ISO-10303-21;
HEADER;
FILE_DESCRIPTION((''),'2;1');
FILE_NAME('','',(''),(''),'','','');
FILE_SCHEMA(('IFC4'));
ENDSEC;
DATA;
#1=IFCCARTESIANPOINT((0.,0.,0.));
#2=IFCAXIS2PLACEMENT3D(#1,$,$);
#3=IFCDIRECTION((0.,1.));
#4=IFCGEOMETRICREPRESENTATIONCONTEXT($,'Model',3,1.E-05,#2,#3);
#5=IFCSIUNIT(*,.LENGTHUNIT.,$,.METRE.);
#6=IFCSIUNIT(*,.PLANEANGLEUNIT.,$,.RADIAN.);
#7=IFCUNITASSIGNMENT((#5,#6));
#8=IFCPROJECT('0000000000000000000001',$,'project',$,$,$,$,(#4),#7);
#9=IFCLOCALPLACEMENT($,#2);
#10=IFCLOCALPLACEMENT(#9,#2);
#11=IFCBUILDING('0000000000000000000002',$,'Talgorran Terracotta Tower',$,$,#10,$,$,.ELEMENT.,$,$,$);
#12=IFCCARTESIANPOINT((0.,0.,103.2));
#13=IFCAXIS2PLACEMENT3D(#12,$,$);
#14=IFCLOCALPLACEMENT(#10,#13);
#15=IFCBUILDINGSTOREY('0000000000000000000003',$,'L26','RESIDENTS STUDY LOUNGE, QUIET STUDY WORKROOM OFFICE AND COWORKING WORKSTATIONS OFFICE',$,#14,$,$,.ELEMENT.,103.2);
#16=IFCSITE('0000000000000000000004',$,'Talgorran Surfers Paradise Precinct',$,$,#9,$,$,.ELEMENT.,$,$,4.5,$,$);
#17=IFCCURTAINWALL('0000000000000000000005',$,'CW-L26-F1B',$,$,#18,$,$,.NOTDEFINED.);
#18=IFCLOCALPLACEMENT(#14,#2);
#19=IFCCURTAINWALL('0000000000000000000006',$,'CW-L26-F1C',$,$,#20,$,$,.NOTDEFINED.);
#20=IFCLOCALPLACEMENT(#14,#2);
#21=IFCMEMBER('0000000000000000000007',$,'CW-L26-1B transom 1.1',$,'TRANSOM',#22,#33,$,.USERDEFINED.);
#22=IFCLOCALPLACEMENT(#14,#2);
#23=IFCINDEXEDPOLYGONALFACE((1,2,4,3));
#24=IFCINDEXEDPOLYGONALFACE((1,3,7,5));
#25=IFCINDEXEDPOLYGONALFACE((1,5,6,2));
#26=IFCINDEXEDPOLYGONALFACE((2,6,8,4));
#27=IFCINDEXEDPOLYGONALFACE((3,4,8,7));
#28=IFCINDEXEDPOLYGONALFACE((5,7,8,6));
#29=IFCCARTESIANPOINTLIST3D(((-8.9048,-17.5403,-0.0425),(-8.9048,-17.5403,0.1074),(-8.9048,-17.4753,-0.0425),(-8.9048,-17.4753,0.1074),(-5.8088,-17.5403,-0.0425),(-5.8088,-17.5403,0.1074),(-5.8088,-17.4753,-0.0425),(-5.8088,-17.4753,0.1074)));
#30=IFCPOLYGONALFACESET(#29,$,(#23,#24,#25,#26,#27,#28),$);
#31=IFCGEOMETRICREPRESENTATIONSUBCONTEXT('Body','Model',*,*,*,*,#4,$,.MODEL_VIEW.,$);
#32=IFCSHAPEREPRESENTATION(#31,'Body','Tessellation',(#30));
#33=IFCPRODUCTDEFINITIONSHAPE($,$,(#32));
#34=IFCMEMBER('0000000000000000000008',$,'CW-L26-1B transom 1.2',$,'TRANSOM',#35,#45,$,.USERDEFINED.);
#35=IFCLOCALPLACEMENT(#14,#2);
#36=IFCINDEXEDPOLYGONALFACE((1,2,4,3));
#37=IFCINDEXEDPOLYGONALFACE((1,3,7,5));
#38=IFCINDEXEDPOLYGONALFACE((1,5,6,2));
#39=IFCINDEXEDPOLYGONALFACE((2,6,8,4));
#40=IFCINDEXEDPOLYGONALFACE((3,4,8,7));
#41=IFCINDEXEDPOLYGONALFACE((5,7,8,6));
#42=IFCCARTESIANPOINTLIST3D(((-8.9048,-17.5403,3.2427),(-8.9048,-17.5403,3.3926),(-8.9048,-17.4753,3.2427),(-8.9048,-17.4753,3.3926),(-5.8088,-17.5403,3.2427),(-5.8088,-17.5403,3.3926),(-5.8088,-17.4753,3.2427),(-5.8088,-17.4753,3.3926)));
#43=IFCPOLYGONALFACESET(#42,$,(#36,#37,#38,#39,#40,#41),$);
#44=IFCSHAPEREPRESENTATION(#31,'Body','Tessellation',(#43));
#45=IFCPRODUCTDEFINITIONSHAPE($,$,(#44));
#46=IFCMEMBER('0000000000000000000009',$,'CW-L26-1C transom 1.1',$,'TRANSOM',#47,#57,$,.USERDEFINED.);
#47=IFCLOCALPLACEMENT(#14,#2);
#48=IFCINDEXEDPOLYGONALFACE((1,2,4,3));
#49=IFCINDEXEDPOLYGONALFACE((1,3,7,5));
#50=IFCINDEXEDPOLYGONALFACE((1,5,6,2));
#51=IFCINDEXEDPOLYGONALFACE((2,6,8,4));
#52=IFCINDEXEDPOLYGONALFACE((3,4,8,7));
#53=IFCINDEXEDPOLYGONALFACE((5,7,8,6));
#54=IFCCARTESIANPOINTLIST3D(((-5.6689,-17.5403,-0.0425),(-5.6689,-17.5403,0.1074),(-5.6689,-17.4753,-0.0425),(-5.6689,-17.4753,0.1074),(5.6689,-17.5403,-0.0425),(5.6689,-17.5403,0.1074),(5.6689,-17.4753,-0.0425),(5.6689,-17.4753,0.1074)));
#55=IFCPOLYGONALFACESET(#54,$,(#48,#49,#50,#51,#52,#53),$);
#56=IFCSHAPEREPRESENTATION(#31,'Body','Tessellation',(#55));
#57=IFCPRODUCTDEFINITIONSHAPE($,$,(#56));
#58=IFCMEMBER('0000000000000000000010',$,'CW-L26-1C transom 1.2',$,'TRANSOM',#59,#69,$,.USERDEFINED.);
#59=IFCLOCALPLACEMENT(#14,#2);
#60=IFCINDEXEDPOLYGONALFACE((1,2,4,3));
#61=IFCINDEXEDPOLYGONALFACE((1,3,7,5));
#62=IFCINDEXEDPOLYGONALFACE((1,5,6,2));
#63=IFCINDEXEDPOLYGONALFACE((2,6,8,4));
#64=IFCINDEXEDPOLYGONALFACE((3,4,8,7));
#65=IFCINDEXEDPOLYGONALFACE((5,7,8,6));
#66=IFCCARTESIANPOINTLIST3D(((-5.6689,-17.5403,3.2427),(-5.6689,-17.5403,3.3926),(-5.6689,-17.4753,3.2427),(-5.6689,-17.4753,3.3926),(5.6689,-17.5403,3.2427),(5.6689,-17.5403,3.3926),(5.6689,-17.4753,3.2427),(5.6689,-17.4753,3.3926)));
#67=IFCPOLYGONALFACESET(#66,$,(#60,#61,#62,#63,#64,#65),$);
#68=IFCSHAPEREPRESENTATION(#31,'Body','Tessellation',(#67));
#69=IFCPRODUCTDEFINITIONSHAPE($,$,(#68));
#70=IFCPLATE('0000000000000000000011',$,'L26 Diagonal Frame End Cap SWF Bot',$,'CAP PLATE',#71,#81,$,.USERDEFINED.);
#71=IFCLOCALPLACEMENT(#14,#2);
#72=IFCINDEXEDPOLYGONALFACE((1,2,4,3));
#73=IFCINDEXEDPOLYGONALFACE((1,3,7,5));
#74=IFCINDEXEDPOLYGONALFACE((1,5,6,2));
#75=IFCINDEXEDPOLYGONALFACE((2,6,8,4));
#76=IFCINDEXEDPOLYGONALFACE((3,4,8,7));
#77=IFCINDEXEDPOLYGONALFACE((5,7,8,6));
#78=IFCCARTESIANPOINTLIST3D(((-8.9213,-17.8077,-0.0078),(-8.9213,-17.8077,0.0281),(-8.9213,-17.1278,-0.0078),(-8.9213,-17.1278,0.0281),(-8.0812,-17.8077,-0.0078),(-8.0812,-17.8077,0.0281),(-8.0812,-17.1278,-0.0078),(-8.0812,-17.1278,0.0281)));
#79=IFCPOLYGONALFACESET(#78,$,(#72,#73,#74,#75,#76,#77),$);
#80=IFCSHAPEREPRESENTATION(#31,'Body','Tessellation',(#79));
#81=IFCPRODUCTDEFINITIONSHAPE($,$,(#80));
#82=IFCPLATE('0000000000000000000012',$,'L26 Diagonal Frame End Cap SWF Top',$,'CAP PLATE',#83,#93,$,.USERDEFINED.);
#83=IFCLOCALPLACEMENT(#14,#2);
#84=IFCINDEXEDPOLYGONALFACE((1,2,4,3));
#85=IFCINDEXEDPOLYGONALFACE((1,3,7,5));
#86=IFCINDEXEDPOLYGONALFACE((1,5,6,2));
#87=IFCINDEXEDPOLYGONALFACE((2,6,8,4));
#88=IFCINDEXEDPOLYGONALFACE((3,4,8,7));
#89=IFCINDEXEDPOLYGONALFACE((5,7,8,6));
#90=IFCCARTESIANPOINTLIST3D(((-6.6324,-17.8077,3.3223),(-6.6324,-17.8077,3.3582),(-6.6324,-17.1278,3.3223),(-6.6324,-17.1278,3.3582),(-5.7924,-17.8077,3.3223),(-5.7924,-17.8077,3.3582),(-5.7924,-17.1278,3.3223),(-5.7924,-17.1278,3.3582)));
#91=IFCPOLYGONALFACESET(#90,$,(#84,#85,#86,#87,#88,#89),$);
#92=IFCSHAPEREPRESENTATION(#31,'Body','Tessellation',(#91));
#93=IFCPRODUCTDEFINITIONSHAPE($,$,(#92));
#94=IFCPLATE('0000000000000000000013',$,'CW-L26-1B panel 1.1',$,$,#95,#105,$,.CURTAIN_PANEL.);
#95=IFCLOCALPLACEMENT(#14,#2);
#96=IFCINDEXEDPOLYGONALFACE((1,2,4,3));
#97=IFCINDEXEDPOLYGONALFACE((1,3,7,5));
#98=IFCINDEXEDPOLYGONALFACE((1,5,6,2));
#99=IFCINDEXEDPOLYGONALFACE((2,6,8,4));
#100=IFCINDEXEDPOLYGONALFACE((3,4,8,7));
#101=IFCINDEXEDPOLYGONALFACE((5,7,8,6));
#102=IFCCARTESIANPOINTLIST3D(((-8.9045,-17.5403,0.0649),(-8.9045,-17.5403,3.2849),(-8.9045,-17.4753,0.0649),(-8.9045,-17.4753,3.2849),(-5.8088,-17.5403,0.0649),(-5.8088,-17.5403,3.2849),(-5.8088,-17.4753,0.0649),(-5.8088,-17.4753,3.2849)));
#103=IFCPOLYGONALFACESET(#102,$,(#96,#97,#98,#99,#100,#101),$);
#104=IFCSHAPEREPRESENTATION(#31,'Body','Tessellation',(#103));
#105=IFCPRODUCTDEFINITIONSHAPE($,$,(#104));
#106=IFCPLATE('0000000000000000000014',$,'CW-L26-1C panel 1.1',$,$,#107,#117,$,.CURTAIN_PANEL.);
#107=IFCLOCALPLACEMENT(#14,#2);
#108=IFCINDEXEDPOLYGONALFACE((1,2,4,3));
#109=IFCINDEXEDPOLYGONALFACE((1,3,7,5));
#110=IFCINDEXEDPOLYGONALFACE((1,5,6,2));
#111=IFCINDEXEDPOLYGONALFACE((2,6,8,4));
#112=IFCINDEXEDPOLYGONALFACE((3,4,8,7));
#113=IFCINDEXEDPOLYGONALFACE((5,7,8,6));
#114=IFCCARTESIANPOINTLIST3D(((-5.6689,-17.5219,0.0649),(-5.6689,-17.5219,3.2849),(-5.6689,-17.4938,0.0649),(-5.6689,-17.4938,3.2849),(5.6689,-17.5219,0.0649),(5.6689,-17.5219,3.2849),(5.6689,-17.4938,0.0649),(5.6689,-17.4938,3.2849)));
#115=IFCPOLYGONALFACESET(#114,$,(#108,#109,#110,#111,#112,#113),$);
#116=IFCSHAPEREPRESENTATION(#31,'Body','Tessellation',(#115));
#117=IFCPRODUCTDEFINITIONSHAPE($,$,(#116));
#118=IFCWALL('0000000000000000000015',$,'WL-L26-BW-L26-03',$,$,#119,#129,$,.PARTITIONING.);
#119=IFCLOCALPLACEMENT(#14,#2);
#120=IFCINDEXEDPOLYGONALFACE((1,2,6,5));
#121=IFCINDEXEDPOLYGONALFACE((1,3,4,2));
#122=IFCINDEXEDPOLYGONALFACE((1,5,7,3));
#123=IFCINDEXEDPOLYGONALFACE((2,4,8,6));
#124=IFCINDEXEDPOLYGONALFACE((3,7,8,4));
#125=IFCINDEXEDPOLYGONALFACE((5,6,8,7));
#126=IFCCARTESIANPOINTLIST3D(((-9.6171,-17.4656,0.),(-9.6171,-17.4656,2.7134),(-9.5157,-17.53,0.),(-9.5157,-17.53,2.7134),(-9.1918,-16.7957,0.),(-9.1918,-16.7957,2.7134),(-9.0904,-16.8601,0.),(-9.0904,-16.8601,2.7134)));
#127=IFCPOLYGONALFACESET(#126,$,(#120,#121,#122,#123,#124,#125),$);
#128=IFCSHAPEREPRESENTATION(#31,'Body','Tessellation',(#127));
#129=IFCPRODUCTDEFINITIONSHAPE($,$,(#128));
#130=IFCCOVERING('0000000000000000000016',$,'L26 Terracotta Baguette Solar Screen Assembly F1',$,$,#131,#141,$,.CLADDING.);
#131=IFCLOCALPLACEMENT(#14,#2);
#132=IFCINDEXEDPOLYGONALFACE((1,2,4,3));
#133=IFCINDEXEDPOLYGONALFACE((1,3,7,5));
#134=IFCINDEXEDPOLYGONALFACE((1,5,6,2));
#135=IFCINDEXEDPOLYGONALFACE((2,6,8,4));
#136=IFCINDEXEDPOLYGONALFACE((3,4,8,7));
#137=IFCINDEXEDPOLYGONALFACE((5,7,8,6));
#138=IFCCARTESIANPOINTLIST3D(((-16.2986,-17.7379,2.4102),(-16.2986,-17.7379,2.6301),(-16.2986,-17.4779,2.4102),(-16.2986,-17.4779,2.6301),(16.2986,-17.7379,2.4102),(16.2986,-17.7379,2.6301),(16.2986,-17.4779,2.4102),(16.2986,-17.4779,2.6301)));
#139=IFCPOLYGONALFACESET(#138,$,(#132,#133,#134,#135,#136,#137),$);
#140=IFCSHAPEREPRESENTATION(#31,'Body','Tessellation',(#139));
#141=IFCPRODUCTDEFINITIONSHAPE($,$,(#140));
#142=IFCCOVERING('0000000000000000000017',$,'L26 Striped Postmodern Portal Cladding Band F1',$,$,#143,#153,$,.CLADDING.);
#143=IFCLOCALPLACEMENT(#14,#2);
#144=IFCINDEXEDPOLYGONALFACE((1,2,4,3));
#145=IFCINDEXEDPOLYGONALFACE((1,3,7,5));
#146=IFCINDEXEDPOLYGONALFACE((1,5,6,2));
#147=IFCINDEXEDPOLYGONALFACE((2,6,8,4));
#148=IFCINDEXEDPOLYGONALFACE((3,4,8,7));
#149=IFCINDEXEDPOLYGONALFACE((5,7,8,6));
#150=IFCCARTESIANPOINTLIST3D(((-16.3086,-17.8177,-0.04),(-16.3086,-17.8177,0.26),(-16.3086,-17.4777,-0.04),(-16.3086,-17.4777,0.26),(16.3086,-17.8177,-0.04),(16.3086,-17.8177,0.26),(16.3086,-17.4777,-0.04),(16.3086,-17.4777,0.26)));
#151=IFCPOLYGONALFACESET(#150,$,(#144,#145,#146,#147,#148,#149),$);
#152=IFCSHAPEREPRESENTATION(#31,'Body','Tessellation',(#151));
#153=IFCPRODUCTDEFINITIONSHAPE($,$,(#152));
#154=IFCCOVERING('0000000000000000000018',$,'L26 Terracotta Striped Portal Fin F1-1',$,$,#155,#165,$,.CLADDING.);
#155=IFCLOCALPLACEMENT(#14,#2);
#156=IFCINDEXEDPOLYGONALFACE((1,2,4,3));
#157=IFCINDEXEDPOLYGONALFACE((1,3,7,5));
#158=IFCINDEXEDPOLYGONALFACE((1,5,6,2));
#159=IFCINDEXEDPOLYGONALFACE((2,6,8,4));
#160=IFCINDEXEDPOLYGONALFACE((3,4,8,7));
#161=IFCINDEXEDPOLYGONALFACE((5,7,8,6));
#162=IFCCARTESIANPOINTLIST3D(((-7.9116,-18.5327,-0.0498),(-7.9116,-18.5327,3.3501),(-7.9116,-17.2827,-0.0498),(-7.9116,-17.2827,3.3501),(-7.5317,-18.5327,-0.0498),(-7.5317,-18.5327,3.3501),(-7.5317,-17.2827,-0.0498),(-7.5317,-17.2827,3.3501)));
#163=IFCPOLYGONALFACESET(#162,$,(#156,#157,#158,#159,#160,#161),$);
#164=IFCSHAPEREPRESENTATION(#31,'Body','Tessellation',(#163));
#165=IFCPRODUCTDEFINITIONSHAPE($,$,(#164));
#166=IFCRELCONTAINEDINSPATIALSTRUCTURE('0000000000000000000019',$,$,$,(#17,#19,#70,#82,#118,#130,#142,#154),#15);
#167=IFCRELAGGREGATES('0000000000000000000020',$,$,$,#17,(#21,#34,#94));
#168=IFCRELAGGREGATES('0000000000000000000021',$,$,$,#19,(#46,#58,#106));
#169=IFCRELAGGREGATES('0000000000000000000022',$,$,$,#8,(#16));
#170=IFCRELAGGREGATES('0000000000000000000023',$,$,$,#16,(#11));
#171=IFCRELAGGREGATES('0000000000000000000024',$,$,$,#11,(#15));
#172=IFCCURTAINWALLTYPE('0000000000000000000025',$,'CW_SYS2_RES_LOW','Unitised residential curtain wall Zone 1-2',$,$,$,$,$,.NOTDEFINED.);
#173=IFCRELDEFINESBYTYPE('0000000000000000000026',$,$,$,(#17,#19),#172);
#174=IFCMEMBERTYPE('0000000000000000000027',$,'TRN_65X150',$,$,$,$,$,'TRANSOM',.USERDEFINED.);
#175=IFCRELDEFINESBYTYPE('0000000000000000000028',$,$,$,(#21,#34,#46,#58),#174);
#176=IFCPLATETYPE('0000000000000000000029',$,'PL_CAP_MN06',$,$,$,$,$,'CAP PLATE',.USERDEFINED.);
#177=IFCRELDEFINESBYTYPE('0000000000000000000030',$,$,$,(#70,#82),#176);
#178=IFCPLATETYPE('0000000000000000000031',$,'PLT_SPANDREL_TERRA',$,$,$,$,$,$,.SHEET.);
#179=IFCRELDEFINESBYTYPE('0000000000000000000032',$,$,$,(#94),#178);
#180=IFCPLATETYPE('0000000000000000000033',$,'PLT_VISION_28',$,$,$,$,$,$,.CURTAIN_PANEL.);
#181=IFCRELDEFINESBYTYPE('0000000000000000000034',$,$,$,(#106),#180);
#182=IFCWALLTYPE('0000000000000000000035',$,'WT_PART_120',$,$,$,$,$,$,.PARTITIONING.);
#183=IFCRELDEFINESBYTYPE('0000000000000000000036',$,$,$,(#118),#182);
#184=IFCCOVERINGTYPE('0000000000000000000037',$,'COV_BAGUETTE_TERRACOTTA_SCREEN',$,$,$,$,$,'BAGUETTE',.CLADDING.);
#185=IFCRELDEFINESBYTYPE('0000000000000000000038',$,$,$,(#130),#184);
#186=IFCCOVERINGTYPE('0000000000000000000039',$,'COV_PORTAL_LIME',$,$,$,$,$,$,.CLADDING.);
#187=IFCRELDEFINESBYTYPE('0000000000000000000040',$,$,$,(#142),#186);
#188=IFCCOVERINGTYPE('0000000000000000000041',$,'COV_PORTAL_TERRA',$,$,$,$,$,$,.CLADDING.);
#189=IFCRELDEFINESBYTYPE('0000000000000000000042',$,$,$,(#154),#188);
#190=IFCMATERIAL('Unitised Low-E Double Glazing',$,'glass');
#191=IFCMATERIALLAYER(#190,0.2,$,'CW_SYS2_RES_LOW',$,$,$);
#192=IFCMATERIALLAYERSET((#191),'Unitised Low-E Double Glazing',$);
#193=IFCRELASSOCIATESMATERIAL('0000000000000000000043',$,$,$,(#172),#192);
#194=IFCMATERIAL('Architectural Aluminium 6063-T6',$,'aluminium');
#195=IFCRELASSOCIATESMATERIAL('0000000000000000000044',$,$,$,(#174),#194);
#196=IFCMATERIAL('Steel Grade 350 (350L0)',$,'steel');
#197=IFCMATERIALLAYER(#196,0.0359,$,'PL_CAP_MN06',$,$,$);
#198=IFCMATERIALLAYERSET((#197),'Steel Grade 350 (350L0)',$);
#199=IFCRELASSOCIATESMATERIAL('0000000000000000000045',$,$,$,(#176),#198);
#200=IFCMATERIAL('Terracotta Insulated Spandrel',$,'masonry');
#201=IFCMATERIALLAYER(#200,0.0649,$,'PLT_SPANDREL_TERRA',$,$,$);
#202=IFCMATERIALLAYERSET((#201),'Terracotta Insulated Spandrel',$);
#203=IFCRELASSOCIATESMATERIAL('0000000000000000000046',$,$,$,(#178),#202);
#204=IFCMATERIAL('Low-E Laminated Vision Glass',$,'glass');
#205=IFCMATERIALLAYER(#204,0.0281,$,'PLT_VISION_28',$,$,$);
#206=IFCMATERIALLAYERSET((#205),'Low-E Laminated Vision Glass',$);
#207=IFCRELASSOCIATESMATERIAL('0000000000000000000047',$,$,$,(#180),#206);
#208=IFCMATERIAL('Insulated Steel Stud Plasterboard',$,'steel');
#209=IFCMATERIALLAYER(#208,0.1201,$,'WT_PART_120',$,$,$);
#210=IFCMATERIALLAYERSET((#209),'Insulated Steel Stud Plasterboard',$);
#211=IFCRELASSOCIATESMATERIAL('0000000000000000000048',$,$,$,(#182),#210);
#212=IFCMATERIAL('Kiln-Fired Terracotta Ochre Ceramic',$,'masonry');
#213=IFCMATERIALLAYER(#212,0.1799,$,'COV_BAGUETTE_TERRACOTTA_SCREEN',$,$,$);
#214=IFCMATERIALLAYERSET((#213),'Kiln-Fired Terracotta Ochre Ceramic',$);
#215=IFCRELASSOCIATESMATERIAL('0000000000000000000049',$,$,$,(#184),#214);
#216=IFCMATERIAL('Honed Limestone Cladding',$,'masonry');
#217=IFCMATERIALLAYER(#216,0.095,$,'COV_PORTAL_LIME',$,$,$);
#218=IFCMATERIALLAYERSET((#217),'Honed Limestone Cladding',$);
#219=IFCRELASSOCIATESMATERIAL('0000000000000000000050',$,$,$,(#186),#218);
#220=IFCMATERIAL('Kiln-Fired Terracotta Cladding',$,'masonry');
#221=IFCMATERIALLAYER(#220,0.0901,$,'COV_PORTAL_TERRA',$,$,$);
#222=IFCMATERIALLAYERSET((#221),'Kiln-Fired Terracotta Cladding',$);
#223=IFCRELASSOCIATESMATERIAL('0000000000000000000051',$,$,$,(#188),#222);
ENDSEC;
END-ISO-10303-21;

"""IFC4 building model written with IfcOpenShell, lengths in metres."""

from ifc_helpers import new_model, si_unit, direction, frame, frame_2d, origin, origin_2d, place, context, subcontext, project, spatial, rectangle, extrude, source, transform, mapped, material, layer, layer_set, material_profile, profile_set, type_object, type_shapes, element, aggregate, save


model = new_model("IFC4")

# Units and contexts
model_context = context("Model", 3, precision=1e-05, world=origin(), true_north=direction((0.0, 1.0)))
body_context = subcontext(model_context, "Body", "Model", "MODEL_VIEW")
ifc_project = project(units=[si_unit("LENGTHUNIT", "METRE"), si_unit("PLANEANGLEUNIT", "RADIAN")], contexts=[model_context])

# Site, building, storey
site_placement = place(None, origin())
site = spatial("IfcSite", under=ifc_project, at=site_placement, Name="Talgorran Surfers Paradise Precinct", CompositionType="ELEMENT", RefElevation=4.5)
building_placement = place(site_placement, origin())
building = spatial("IfcBuilding", under=site, at=building_placement, Name="Talgorran Terracotta Tower", CompositionType="ELEMENT")
storey_placement = place(building_placement, frame((0.0, 0.0, 103.2)))
storey = spatial("IfcBuildingStorey", under=building, at=storey_placement, Name="L26", Description="RESIDENTS STUDY LOUNGE, QUIET STUDY WORKROOM OFFICE AND COWORKING WORKSTATIONS OFFICE", CompositionType="ELEMENT", Elevation=103.2)

# Shared definitions
ifc_material_1 = material(Name="Steel Grade 350 (350L0)", Category="steel")

# Shared definitions
ifc_material_2 = material(Name="Unitised Low-E Double Glazing", Category="glass")
ifc_layer_1 = layer(ifc_material_2, 0.2, Name="CW_SYS2_RES_LOW")
ifc_layer_set_1 = layer_set([ifc_layer_1], Name="Unitised Low-E Double Glazing")
curtain_wall_type = type_object("IfcCurtainWallType", Name="CW_SYS2_RES_LOW", Description="Unitised residential curtain wall Zone 1-2", PredefinedType="NOTDEFINED", material=ifc_layer_set_1)
ifc_material_3 = material(Name="Architectural Aluminium 6063-T6", Category="aluminium")

# Curtain wall
curtain_wall_1_placement = place(storey_placement, origin())
curtain_wall_1 = element("IfcCurtainWall", 1, at=curtain_wall_1_placement, inside=storey, type_object=curtain_wall_type, Name="CW-L26-F1B", PredefinedType="NOTDEFINED")

# Curtain wall
curtain_wall_2_placement = place(storey_placement, origin())
curtain_wall_2 = element("IfcCurtainWall", 2, at=curtain_wall_2_placement, inside=storey, type_object=curtain_wall_type, Name="CW-L26-F1C", PredefinedType="NOTDEFINED")

# Members
ifc_material_profile_1 = material_profile(ifc_material_3, rectangle(XDim=0.0649, YDim=0.1499, at=origin_2d()), Name="CWT65X150")
ifc_profile_set_1 = profile_set([ifc_material_profile_1], Name="Architectural Aluminium 6063-T6")
member_type_1 = type_object("IfcMemberType", Name="TRN_65X150", ElementType="TRANSOM", PredefinedType="USERDEFINED", material=ifc_profile_set_1)
member_1_placement = place(storey_placement, frame((-8.9048, -17.5078, 0.0325), z_axis=(1.0, 0.0, 0.0), x_axis=(0.0, 1.0, 0.0)))
member_1 = element("IfcMember", 3, at=member_1_placement, type_object=member_type_1, Name="CW-L26-1B transom 1.1", ObjectType="TRANSOM", PredefinedType="USERDEFINED", context=body_context, shape_type="SweptSolid", body=[
    extrude(rectangle(XDim=0.0649, YDim=0.1499, at=origin_2d()), origin(), (0.0, 0.0, 1.0), 3.0959),
])
member_2_placement = place(storey_placement, frame((-8.9048, -17.5078, 3.3176), z_axis=(1.0, 0.0, 0.0), x_axis=(0.0, 1.0, 0.0)))
member_2 = element("IfcMember", 4, at=member_2_placement, type_object=member_type_1, Name="CW-L26-1B transom 1.2", ObjectType="TRANSOM", PredefinedType="USERDEFINED", context=body_context, shape_type="SweptSolid", body=[
    extrude(rectangle(XDim=0.0649, YDim=0.1499, at=origin_2d()), origin(), (0.0, 0.0, 1.0), 3.0959),
])
member_3_placement = place(storey_placement, frame((-5.6689, -17.5078, 0.0325), z_axis=(1.0, 0.0, 0.0), x_axis=(0.0, 1.0, 0.0)))
member_3 = element("IfcMember", 5, at=member_3_placement, type_object=member_type_1, Name="CW-L26-1C transom 1.1", ObjectType="TRANSOM", PredefinedType="USERDEFINED", context=body_context, shape_type="SweptSolid", body=[
    extrude(rectangle(XDim=0.0649, YDim=0.1499, at=origin_2d()), origin(), (0.0, 0.0, 1.0), 11.3379),
])
member_4_placement = place(storey_placement, frame((-5.6689, -17.5078, 3.3176), z_axis=(1.0, 0.0, 0.0), x_axis=(0.0, 1.0, 0.0)))
member_4 = element("IfcMember", 6, at=member_4_placement, type_object=member_type_1, Name="CW-L26-1C transom 1.2", ObjectType="TRANSOM", PredefinedType="USERDEFINED", context=body_context, shape_type="SweptSolid", body=[
    extrude(rectangle(XDim=0.0649, YDim=0.1499, at=origin_2d()), origin(), (0.0, 0.0, 1.0), 11.3379),
])

# Plates
ifc_layer_2 = layer(ifc_material_1, 0.0359, Name="PL_CAP_MN06")
ifc_layer_set_2 = layer_set([ifc_layer_2], Name="Steel Grade 350 (350L0)")
plate_type_1 = type_object("IfcPlateType", Name="PL_CAP_MN06", ElementType="CAP PLATE", PredefinedType="USERDEFINED", material=ifc_layer_set_2)
for number, where, z_axis, x_axis, name in (
    (7, (-8.5012, -17.4678, -0.0078), (0.0, 0.0, 1.0), (1.0, 0.0, 0.0), "L26 Diagonal Frame End Cap SWF Bot"),
    (8, (-6.2124, -17.4678, 3.3223), (0.0, 0.0, 1.0), (1.0, 0.0, 0.0), "L26 Diagonal Frame End Cap SWF Top"),
):
    element("IfcPlate", number, at=place(storey_placement, frame(where, z_axis=z_axis, x_axis=x_axis)), inside=storey, type_object=plate_type_1, Name=name, ObjectType="CAP PLATE", PredefinedType="USERDEFINED", context=body_context, shape_type="SweptSolid", body=[
        extrude(rectangle(XDim=0.8401, YDim=0.6799, at=origin_2d()), origin(), (0.0, 0.0, 1.0), 0.0359),
    ])

# Plates
ifc_material_4 = material(Name="Terracotta Insulated Spandrel", Category="masonry")
ifc_layer_3 = layer(ifc_material_4, 0.0649, Name="PLT_SPANDREL_TERRA")
ifc_layer_set_3 = layer_set([ifc_layer_3], Name="Terracotta Insulated Spandrel")
plate_type_2 = type_object("IfcPlateType", Name="PLT_SPANDREL_TERRA", PredefinedType="SHEET", material=ifc_layer_set_3)
shared_shape_1 = source(origin(), body_context, "Body", "SweptSolid", [
    extrude(rectangle(XDim=3.0957, YDim=0.0649, at=origin_2d()), origin(), (0.0, 0.0, 1.0), 3.22),
])
type_shapes(plate_type_2, [shared_shape_1])
plate_1_placement = place(storey_placement, frame((-7.3567, -17.5078, 0.0649), z_axis=(0.0, 0.0, 1.0), x_axis=(1.0, 0.0, 0.0)))
plate_1 = element("IfcPlate", 9, at=plate_1_placement, type_object=plate_type_2, Name="CW-L26-1B panel 1.1", PredefinedType="CURTAIN_PANEL", context=body_context, shape_type="MappedRepresentation", body=[
    mapped(shared_shape_1, transform((0.0, 0.0, 0.0), scale=1.0)),
])
aggregate(curtain_wall_1, [member_1, member_2, plate_1])
ifc_material_5 = material(Name="Low-E Laminated Vision Glass", Category="glass")
ifc_layer_4 = layer(ifc_material_5, 0.0281, Name="PLT_VISION_28")
ifc_layer_set_4 = layer_set([ifc_layer_4], Name="Low-E Laminated Vision Glass")
plate_type_3 = type_object("IfcPlateType", Name="PLT_VISION_28", PredefinedType="CURTAIN_PANEL", material=ifc_layer_set_4)
shared_shape_2 = source(origin(), body_context, "Body", "SweptSolid", [
    extrude(rectangle(XDim=11.3379, YDim=0.0281, at=origin_2d()), origin(), (0.0, 0.0, 1.0), 3.22),
])
type_shapes(plate_type_3, [shared_shape_2])
plate_2_placement = place(storey_placement, frame((0.0, -17.5078, 0.0649), z_axis=(0.0, 0.0, 1.0), x_axis=(1.0, 0.0, 0.0)))
plate_2 = element("IfcPlate", 10, at=plate_2_placement, type_object=plate_type_3, Name="CW-L26-1C panel 1.1", PredefinedType="CURTAIN_PANEL", context=body_context, shape_type="MappedRepresentation", body=[
    mapped(shared_shape_2, transform((0.0, 0.0, 0.0), scale=1.0)),
])
aggregate(curtain_wall_2, [member_3, member_4, plate_2])

# Wall
ifc_material_6 = material(Name="Insulated Steel Stud Plasterboard", Category="steel")
ifc_layer_5 = layer(ifc_material_6, 0.1201, Name="WT_PART_120")
ifc_layer_set_5 = layer_set([ifc_layer_5], Name="Insulated Steel Stud Plasterboard")
wall_type = type_object("IfcWallType", Name="WT_PART_120", PredefinedType="PARTITIONING", material=ifc_layer_set_5)
wall_placement = place(storey_placement, frame((-9.5664, -17.4978, 0.0), z_axis=(0.0, 0.0, 1.0), x_axis=(0.535959, 0.844244, 0.0)))
element("IfcWall", 11, at=wall_placement, inside=storey, type_object=wall_type, Name="WL-L26-BW-L26-03", PredefinedType="PARTITIONING", context=body_context, shape_type="SweptSolid", body=[
    extrude(rectangle(XDim=0.7935, YDim=0.1201, at=frame_2d((0.3967, 0.0))), origin(), (0.0, 0.0, 1.0), 2.7134),
])

# Coverings
ifc_material_7 = material(Name="Kiln-Fired Terracotta Ochre Ceramic", Category="masonry")
ifc_layer_6 = layer(ifc_material_7, 0.1799, Name="COV_BAGUETTE_TERRACOTTA_SCREEN")
ifc_layer_set_6 = layer_set([ifc_layer_6], Name="Kiln-Fired Terracotta Ochre Ceramic")
covering_type_1 = type_object("IfcCoveringType", Name="COV_BAGUETTE_TERRACOTTA_SCREEN", ElementType="BAGUETTE", PredefinedType="CLADDING", material=ifc_layer_set_6)
covering_1_placement = place(storey_placement, frame((0.0, -17.6079, 2.4102), z_axis=(0.0, 0.0, 1.0), x_axis=(1.0, 0.0, 0.0)))
element("IfcCovering", 12, at=covering_1_placement, inside=storey, type_object=covering_type_1, Name="L26 Terracotta Baguette Solar Screen Assembly F1", PredefinedType="CLADDING", context=body_context, shape_type="SweptSolid", body=[
    extrude(rectangle(XDim=32.5972, YDim=0.26, at=origin_2d()), origin(), (0.0, 0.0, 1.0), 0.22),
])
ifc_material_8 = material(Name="Honed Limestone Cladding", Category="masonry")
ifc_layer_7 = layer(ifc_material_8, 0.095, Name="COV_PORTAL_LIME")
ifc_layer_set_7 = layer_set([ifc_layer_7], Name="Honed Limestone Cladding")
covering_type_2 = type_object("IfcCoveringType", Name="COV_PORTAL_LIME", PredefinedType="CLADDING", material=ifc_layer_set_7)
covering_2_placement = place(storey_placement, frame((0.0, -17.6477, -0.04), z_axis=(0.0, 0.0, 1.0), x_axis=(1.0, 0.0, 0.0)))
element("IfcCovering", 13, at=covering_2_placement, inside=storey, type_object=covering_type_2, Name="L26 Striped Postmodern Portal Cladding Band F1", PredefinedType="CLADDING", context=body_context, shape_type="SweptSolid", body=[
    extrude(rectangle(XDim=32.6172, YDim=0.3401, at=origin_2d()), origin(), (0.0, 0.0, 1.0), 0.3),
])
ifc_material_9 = material(Name="Kiln-Fired Terracotta Cladding", Category="masonry")
ifc_layer_8 = layer(ifc_material_9, 0.0901, Name="COV_PORTAL_TERRA")
ifc_layer_set_8 = layer_set([ifc_layer_8], Name="Kiln-Fired Terracotta Cladding")
covering_type_3 = type_object("IfcCoveringType", Name="COV_PORTAL_TERRA", PredefinedType="CLADDING", material=ifc_layer_set_8)
covering_3_placement = place(storey_placement, frame((-7.7217, -17.9077, -0.0498), z_axis=(0.0, 0.0, 1.0), x_axis=(1.0, 0.0, 0.0)))
element("IfcCovering", 14, at=covering_3_placement, inside=storey, type_object=covering_type_3, Name="L26 Terracotta Striped Portal Fin F1-1", PredefinedType="CLADDING", context=body_context, shape_type="SweptSolid", body=[
    extrude(rectangle(XDim=0.3799, YDim=1.25, at=origin_2d()), origin(), (0.0, 0.0, 1.0), 3.3999),
])

save(model, "model.ifc")
